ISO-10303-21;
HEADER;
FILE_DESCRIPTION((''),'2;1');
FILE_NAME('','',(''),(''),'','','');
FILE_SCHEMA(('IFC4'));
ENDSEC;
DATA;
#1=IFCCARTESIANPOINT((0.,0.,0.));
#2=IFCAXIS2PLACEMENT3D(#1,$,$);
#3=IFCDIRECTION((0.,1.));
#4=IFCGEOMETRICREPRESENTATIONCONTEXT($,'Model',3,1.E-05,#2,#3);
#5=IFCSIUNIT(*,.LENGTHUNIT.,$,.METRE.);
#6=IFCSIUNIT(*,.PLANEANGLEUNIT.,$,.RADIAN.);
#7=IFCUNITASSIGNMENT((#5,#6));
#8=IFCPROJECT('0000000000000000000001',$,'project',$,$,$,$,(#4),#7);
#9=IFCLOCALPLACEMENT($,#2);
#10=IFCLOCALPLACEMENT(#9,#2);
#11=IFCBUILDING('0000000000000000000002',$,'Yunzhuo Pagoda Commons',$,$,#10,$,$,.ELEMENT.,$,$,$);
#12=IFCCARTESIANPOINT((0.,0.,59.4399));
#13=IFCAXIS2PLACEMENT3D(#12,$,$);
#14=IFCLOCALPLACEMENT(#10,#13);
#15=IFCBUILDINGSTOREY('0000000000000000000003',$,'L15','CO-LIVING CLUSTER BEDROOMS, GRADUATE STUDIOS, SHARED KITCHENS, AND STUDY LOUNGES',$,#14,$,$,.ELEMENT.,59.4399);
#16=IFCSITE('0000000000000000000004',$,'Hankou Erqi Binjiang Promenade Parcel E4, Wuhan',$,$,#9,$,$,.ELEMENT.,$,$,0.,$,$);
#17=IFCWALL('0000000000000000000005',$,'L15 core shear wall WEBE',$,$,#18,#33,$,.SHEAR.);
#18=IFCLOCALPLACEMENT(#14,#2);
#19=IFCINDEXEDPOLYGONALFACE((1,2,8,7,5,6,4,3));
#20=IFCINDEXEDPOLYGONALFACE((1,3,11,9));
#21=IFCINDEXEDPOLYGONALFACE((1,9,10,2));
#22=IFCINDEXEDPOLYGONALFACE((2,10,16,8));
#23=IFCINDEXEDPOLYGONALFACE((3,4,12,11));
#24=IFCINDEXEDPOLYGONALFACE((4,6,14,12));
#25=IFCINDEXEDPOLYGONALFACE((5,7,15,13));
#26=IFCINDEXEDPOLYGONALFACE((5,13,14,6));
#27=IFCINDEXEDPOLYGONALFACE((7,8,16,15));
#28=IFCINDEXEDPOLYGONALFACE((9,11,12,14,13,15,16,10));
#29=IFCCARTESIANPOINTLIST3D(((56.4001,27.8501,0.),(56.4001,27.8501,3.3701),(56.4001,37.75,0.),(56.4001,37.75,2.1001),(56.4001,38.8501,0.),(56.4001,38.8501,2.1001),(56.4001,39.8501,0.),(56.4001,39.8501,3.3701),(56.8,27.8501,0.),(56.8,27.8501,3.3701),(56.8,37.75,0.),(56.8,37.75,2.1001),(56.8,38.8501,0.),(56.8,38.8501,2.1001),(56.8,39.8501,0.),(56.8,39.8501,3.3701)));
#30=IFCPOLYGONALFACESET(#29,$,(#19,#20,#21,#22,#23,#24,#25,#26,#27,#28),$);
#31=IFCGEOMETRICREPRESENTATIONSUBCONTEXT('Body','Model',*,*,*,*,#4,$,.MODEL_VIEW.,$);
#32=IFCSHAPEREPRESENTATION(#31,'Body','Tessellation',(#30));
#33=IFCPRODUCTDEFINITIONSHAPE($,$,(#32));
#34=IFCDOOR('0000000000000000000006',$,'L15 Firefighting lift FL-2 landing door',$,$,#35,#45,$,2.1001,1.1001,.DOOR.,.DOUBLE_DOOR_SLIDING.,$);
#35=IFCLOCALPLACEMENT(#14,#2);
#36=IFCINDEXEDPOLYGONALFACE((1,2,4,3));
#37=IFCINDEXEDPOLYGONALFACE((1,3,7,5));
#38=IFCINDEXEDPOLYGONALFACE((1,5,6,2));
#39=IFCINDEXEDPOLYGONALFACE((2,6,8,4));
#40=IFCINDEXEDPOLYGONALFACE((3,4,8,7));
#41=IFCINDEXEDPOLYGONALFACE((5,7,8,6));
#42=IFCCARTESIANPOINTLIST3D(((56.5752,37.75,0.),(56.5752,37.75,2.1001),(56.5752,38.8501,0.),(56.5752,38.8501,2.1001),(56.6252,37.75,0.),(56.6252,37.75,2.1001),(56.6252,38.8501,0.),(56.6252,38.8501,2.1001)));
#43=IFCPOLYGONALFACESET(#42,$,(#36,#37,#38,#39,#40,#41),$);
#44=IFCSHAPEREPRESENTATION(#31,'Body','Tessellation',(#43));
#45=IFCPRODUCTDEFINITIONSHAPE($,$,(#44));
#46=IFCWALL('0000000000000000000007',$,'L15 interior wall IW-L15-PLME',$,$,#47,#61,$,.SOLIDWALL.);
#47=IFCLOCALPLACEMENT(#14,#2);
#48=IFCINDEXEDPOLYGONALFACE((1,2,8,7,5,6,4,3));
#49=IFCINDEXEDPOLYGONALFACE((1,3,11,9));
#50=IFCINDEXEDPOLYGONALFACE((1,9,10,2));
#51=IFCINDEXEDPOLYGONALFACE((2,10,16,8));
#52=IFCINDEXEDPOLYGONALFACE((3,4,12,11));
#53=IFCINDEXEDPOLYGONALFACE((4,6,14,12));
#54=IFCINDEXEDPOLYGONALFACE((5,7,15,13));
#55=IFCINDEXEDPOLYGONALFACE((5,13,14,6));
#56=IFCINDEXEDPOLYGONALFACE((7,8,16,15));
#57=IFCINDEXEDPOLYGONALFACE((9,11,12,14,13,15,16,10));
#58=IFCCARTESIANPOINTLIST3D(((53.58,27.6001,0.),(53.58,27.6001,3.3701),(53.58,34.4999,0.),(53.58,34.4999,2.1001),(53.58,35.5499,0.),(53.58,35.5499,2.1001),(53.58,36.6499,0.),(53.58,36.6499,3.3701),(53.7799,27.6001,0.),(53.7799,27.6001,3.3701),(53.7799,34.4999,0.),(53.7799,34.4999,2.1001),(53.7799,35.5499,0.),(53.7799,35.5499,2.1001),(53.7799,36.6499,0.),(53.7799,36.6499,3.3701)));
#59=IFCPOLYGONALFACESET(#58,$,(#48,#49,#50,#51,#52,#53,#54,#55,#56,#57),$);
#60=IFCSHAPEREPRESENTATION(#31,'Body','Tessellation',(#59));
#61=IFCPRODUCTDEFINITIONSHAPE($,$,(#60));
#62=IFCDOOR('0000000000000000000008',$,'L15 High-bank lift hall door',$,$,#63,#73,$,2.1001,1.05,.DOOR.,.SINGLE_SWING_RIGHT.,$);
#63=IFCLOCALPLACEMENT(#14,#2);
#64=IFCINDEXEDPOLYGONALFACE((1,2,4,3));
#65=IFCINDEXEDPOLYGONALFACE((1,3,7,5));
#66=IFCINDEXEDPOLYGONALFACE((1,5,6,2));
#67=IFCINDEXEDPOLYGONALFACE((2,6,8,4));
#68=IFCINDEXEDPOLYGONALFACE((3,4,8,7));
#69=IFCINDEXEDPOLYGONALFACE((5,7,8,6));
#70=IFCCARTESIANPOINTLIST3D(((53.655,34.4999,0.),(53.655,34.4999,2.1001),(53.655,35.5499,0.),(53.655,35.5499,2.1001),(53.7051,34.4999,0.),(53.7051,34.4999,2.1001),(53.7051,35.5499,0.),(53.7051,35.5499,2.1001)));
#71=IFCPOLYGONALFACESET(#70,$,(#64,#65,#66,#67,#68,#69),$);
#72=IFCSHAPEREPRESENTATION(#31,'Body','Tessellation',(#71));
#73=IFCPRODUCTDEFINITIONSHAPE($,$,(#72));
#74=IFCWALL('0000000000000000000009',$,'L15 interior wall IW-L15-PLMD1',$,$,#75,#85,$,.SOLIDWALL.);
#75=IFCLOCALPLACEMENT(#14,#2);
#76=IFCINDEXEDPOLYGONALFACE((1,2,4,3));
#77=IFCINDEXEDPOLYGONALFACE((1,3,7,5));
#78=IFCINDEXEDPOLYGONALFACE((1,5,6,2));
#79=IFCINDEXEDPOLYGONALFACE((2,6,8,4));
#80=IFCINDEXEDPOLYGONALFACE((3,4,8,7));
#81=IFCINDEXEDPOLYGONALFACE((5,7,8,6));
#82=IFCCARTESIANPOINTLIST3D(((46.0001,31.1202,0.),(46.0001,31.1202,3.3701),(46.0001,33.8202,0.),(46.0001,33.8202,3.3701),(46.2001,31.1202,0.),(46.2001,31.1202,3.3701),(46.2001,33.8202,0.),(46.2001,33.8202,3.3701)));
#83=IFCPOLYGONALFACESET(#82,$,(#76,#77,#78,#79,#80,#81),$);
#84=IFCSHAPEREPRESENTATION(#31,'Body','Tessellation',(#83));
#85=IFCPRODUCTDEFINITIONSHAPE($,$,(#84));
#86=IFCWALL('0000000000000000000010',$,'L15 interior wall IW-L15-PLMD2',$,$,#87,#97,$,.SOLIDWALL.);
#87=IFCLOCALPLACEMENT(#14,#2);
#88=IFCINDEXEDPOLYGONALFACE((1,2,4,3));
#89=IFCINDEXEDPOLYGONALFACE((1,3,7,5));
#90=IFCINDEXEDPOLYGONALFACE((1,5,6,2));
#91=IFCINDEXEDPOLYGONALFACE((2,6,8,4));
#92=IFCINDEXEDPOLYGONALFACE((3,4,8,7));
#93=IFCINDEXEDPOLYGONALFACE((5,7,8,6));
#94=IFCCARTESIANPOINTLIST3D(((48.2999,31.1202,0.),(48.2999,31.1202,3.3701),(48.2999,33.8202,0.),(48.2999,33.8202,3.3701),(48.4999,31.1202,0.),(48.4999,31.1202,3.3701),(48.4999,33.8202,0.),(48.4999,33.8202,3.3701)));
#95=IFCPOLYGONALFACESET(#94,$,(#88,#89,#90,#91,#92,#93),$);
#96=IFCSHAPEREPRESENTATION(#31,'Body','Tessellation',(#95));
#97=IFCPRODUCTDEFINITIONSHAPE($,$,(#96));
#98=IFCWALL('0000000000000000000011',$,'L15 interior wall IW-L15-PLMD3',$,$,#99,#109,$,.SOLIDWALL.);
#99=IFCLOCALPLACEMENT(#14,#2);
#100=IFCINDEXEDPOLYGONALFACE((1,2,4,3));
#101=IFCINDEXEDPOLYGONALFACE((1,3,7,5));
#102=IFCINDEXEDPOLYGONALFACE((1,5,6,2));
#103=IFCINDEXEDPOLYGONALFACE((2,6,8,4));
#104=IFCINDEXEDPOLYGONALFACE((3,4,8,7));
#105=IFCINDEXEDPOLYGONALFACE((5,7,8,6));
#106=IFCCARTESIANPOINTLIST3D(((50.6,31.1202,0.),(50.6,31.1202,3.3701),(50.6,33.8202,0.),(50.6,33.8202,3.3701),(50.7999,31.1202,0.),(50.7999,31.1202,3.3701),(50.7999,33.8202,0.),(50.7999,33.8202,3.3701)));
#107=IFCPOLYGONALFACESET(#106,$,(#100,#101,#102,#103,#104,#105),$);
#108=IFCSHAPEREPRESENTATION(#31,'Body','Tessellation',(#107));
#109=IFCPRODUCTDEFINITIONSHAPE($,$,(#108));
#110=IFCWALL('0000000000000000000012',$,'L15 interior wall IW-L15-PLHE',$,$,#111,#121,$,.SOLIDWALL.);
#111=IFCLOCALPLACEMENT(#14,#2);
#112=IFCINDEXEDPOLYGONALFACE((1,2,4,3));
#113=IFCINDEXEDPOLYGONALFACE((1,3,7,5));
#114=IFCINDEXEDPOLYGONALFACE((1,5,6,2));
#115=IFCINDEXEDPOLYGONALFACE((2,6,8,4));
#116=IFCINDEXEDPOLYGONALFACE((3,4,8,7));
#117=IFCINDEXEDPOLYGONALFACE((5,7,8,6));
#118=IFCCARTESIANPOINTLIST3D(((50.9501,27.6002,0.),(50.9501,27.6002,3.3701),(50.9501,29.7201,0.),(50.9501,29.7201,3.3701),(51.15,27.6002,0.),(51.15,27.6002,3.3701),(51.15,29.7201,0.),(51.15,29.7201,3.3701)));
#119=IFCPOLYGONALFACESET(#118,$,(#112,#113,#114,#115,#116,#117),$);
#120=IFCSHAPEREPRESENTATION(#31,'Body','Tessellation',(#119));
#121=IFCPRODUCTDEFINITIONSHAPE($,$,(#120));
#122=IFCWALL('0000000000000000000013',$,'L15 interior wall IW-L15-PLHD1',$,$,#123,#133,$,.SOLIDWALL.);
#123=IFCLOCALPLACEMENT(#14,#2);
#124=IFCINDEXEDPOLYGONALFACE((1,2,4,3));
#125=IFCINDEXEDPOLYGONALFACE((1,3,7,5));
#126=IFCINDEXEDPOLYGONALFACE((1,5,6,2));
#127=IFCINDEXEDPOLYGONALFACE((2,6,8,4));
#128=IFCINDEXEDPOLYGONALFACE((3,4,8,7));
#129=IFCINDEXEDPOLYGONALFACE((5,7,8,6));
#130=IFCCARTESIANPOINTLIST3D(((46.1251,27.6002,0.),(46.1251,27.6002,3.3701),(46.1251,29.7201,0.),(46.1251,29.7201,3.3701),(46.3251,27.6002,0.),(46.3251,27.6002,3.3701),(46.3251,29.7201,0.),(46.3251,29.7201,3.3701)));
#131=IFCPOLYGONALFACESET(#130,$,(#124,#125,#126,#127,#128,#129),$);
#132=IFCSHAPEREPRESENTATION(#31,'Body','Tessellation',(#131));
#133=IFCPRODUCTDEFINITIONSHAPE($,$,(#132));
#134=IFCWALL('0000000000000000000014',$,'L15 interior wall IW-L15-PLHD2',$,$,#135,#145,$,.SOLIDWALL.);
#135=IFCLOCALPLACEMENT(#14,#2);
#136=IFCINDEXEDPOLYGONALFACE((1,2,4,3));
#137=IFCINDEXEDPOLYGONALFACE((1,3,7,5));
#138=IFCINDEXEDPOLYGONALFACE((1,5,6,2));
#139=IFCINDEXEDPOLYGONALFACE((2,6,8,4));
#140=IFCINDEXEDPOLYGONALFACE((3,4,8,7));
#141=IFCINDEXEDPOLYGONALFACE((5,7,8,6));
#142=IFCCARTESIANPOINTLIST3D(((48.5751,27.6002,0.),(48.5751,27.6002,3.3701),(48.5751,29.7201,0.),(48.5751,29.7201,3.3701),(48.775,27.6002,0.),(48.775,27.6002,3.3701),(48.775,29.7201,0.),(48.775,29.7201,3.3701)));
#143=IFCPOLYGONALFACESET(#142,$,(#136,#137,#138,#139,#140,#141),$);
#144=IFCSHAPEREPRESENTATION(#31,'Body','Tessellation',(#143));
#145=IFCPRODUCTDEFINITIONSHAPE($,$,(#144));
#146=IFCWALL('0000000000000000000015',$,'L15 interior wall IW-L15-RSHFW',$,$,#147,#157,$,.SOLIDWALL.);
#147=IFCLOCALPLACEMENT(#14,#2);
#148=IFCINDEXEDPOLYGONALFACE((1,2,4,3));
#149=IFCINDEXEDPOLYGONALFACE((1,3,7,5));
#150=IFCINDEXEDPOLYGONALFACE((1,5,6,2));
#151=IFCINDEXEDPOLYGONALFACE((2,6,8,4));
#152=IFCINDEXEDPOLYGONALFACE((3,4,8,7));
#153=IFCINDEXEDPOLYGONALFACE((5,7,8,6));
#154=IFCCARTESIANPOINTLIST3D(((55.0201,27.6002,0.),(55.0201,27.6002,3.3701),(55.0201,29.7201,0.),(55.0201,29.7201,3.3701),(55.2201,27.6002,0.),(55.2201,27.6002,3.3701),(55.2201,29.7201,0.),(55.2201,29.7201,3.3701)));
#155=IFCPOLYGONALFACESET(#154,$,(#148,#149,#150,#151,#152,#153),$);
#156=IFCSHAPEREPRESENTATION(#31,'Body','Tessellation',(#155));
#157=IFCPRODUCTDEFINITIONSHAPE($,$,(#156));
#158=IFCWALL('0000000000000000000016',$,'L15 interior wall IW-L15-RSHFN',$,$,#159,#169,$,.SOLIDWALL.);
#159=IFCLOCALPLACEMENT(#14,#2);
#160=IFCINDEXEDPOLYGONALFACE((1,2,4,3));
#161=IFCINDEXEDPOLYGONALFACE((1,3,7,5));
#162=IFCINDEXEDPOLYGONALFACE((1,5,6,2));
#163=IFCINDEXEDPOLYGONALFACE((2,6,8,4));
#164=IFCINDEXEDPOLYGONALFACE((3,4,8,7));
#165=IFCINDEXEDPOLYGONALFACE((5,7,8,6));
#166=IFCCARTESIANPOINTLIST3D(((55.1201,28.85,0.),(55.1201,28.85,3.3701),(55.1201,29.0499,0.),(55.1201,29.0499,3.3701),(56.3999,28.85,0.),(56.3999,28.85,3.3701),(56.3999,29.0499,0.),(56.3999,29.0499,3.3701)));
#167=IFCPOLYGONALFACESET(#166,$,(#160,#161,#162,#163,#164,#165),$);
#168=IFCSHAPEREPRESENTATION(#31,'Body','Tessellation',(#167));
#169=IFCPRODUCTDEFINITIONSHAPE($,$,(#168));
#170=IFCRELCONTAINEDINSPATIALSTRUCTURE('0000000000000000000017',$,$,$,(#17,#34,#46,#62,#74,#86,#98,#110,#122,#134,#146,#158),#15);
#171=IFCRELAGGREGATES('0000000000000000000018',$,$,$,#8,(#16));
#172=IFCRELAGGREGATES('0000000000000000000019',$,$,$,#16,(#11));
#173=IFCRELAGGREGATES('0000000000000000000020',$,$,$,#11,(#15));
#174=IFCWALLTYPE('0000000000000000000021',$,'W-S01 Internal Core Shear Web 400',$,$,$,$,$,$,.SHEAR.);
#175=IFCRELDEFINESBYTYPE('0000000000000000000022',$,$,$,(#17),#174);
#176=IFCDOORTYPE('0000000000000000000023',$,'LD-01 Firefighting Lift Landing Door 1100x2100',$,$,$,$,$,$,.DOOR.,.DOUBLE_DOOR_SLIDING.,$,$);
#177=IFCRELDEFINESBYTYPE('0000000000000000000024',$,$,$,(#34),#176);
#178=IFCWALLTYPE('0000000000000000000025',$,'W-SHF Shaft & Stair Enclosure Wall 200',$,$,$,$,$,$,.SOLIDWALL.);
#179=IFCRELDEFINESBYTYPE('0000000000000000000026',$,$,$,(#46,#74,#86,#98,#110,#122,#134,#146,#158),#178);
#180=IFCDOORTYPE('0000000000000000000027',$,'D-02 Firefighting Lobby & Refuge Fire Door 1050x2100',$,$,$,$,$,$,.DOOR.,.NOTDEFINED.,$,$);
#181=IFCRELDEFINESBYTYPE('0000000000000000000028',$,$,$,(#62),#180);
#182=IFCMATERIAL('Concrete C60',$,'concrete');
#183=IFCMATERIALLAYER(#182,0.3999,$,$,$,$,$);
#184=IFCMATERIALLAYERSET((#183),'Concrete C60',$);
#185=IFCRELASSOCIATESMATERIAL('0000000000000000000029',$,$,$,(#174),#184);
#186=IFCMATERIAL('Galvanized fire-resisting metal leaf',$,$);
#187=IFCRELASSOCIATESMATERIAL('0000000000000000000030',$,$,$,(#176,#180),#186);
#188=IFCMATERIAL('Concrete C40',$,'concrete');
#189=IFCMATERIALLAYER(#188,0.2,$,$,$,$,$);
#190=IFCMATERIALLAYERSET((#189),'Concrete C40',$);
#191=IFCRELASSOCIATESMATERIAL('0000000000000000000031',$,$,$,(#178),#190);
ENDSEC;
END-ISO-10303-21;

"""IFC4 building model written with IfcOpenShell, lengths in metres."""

from ifc_helpers import new_model, si_unit, direction, frame, frame_2d, origin, origin_with_axes, place, context, subcontext, project, spatial, rectangle, extrude, source, transform, mapped, material, layer, layer_set, type_object, element, fill, save


model = new_model("IFC4")

# Units and contexts
model_context = context("Model", 3, precision=1e-05, world=origin(), true_north=direction((0.0, 1.0)))
body_context = subcontext(model_context, "Body", "Model", "MODEL_VIEW")
ifc_project = project(units=[si_unit("LENGTHUNIT", "METRE"), si_unit("PLANEANGLEUNIT", "RADIAN")], contexts=[model_context])

# Site, building, storey
site_placement = place(None, origin())
site = spatial("IfcSite", under=ifc_project, at=site_placement, Name="Hankou Erqi Binjiang Promenade Parcel E4, Wuhan", CompositionType="ELEMENT", RefElevation=0.0)
building_placement = place(site_placement, origin())
building = spatial("IfcBuilding", under=site, at=building_placement, Name="Yunzhuo Pagoda Commons", CompositionType="ELEMENT")
storey_placement = place(building_placement, frame((0.0, 0.0, 59.4399)))
storey = spatial("IfcBuildingStorey", under=building, at=storey_placement, Name="L15", Description="CO-LIVING CLUSTER BEDROOMS, GRADUATE STUDIOS, SHARED KITCHENS, AND STUDY LOUNGES", CompositionType="ELEMENT", Elevation=59.4399)

# Walls, openings, doors
ifc_material_1 = material(Name="Galvanized fire-resisting metal leaf")
ifc_material_2 = material(Name="Concrete C60", Category="concrete")
ifc_layer_1 = layer(ifc_material_2, 0.3999)
ifc_layer_set_1 = layer_set([ifc_layer_1], Name="Concrete C60")
wall_type_1 = type_object("IfcWallType", Name="W-S01 Internal Core Shear Web 400", PredefinedType="SHEAR", material=ifc_layer_set_1)
wall_1_placement = place(storey_placement, frame((56.6001, 27.8501, 0.0), z_axis=(0.0, 0.0, 1.0), x_axis=(0.0, 1.0, 0.0)))
wall_1 = element("IfcWall", 1, at=wall_1_placement, inside=storey, type_object=wall_type_1, Name="L15 core shear wall WEBE", PredefinedType="SHEAR", context=body_context, shape_type="SweptSolid", body=[
    extrude(rectangle(XDim=12.0, YDim=0.3999, at=frame_2d((6.0, 0.0))), origin(), (0.0, 0.0, 1.0), 3.3701),
])
opening_1_placement = place(wall_1_placement, frame((9.8999, 0.0, 0.0)))
opening_1 = element("IfcOpeningElement", 2, at=opening_1_placement, cuts=wall_1, PredefinedType="OPENING", context=body_context, shape_type="SweptSolid", body=[
    extrude(rectangle(XDim=1.1001, YDim=2.1001, at=frame_2d((0.55, 1.05))), frame((0.0, 0.21, 0.0), z_axis=(0.0, -1.0, 0.0), x_axis=(1.0, 0.0, 0.0)), (0.0, 0.0, 1.0), 0.4199),
])
door_type_1 = type_object("IfcDoorType", Name="LD-01 Firefighting Lift Landing Door 1100x2100", OperationType="DOUBLE_DOOR_SLIDING", PredefinedType="DOOR", material=ifc_material_1)
shared_shape_1 = source(origin(), body_context, "Body", "SweptSolid", [
    extrude(rectangle(XDim=1.1001, YDim=2.1001, at=frame_2d((0.55, 1.05))), frame((0.0, 0.0249, 0.0), z_axis=(0.0, -1.0, 0.0), x_axis=(1.0, 0.0, 0.0)), (0.0, 0.0, 1.0), 0.05),
])
door_1_placement = place(opening_1_placement, origin_with_axes())
door_1 = element("IfcDoor", 3, at=door_1_placement, inside=storey, type_object=door_type_1, Name="L15 Firefighting lift FL-2 landing door", OperationType="DOUBLE_DOOR_SLIDING", OverallHeight=2.1001, OverallWidth=1.1001, PredefinedType="DOOR", context=body_context, shape_type="MappedRepresentation", body=[
    mapped(shared_shape_1, transform((0.0, 0.0, 0.0), scale=1.0)),
])
fill(opening_1, door_1)
ifc_material_3 = material(Name="Concrete C40", Category="concrete")
ifc_layer_2 = layer(ifc_material_3, 0.2)
ifc_layer_set_2 = layer_set([ifc_layer_2], Name="Concrete C40")
wall_type_2 = type_object("IfcWallType", Name="W-SHF Shaft & Stair Enclosure Wall 200", PredefinedType="SOLIDWALL", material=ifc_layer_set_2)
wall_2_placement = place(storey_placement, frame((53.6799, 27.6001, 0.0), z_axis=(0.0, 0.0, 1.0), x_axis=(0.0, 1.0, 0.0)))
wall_2 = element("IfcWall", 4, at=wall_2_placement, inside=storey, type_object=wall_type_2, Name="L15 interior wall IW-L15-PLME", PredefinedType="SOLIDWALL", context=body_context, shape_type="SweptSolid", body=[
    extrude(rectangle(XDim=9.0498, YDim=0.2, at=frame_2d((4.5249, 0.0))), origin(), (0.0, 0.0, 1.0), 3.3701),
])
opening_2_placement = place(wall_2_placement, frame((6.8999, 0.0, 0.0)))
opening_2 = element("IfcOpeningElement", 5, at=opening_2_placement, cuts=wall_2, PredefinedType="OPENING", context=body_context, shape_type="SweptSolid", body=[
    extrude(rectangle(XDim=1.05, YDim=2.1001, at=frame_2d((0.5249, 1.05))), frame((0.0, 0.1099, 0.0), z_axis=(0.0, -1.0, 0.0), x_axis=(1.0, 0.0, 0.0)), (0.0, 0.0, 1.0), 0.22),
])
door_type_2 = type_object("IfcDoorType", Name="D-02 Firefighting Lobby & Refuge Fire Door 1050x2100", OperationType="NOTDEFINED", PredefinedType="DOOR", material=ifc_material_1)
shared_shape_2 = source(origin(), body_context, "Body", "SweptSolid", [
    extrude(rectangle(XDim=1.05, YDim=2.1001, at=frame_2d((0.5249, 1.05))), frame((0.0, 0.0249, 0.0), z_axis=(0.0, -1.0, 0.0), x_axis=(1.0, 0.0, 0.0)), (0.0, 0.0, 1.0), 0.05),
])
door_2_placement = place(opening_2_placement, origin_with_axes())
door_2 = element("IfcDoor", 6, at=door_2_placement, inside=storey, type_object=door_type_2, Name="L15 High-bank lift hall door", OperationType="SINGLE_SWING_RIGHT", OverallHeight=2.1001, OverallWidth=1.05, PredefinedType="DOOR", context=body_context, shape_type="MappedRepresentation", body=[
    mapped(shared_shape_2, transform((0.0, 0.0, 0.0), scale=1.0)),
])
fill(opening_2, door_2)

# Walls
for number, where, z_axis, x_axis, name in (
    (7, (46.1001, 31.1201, 0.0), (0.0, 0.0, 1.0), (0.0, 1.0, 0.0), "L15 interior wall IW-L15-PLMD1"),
    (8, (48.3999, 31.1201, 0.0), (0.0, 0.0, 1.0), (0.0, 1.0, 0.0), "L15 interior wall IW-L15-PLMD2"),
    (9, (50.7, 31.1201, 0.0), (0.0, 0.0, 1.0), (0.0, 1.0, 0.0), "L15 interior wall IW-L15-PLMD3"),
):
    element("IfcWall", number, at=place(storey_placement, frame(where, z_axis=z_axis, x_axis=x_axis)), inside=storey, type_object=wall_type_2, Name=name, PredefinedType="SOLIDWALL", context=body_context, shape_type="SweptSolid", body=[
        extrude(rectangle(XDim=2.7, YDim=0.2, at=frame_2d((1.3501, 0.0))), origin(), (0.0, 0.0, 1.0), 3.3701),
    ])
for number, where, z_axis, x_axis, name in (
    (10, (51.05, 27.6001, 0.0), (0.0, 0.0, 1.0), (0.0, 1.0, 0.0), "L15 interior wall IW-L15-PLHE"),
    (11, (46.2251, 27.6001, 0.0), (0.0, 0.0, 1.0), (0.0, 1.0, 0.0), "L15 interior wall IW-L15-PLHD1"),
    (12, (48.675, 27.6001, 0.0), (0.0, 0.0, 1.0), (0.0, 1.0, 0.0), "L15 interior wall IW-L15-PLHD2"),
    (13, (55.1201, 27.6001, 0.0), (0.0, 0.0, 1.0), (0.0, 1.0, 0.0), "L15 interior wall IW-L15-RSHFW"),
):
    element("IfcWall", number, at=place(storey_placement, frame(where, z_axis=z_axis, x_axis=x_axis)), inside=storey, type_object=wall_type_2, Name=name, PredefinedType="SOLIDWALL", context=body_context, shape_type="SweptSolid", body=[
        extrude(rectangle(XDim=2.1199, YDim=0.2, at=frame_2d((1.0601, 0.0))), origin(), (0.0, 0.0, 1.0), 3.3701),
    ])
wall_3_placement = place(storey_placement, frame((55.1201, 28.95, 0.0), z_axis=(0.0, 0.0, 1.0), x_axis=(1.0, 0.0, 0.0)))
element("IfcWall", 14, at=wall_3_placement, inside=storey, type_object=wall_type_2, Name="L15 interior wall IW-L15-RSHFN", PredefinedType="SOLIDWALL", context=body_context, shape_type="SweptSolid", body=[
    extrude(rectangle(XDim=1.2798, YDim=0.2, at=frame_2d((0.6399, 0.0))), origin(), (0.0, 0.0, 1.0), 3.3701),
])

save(model, "model.ifc")
